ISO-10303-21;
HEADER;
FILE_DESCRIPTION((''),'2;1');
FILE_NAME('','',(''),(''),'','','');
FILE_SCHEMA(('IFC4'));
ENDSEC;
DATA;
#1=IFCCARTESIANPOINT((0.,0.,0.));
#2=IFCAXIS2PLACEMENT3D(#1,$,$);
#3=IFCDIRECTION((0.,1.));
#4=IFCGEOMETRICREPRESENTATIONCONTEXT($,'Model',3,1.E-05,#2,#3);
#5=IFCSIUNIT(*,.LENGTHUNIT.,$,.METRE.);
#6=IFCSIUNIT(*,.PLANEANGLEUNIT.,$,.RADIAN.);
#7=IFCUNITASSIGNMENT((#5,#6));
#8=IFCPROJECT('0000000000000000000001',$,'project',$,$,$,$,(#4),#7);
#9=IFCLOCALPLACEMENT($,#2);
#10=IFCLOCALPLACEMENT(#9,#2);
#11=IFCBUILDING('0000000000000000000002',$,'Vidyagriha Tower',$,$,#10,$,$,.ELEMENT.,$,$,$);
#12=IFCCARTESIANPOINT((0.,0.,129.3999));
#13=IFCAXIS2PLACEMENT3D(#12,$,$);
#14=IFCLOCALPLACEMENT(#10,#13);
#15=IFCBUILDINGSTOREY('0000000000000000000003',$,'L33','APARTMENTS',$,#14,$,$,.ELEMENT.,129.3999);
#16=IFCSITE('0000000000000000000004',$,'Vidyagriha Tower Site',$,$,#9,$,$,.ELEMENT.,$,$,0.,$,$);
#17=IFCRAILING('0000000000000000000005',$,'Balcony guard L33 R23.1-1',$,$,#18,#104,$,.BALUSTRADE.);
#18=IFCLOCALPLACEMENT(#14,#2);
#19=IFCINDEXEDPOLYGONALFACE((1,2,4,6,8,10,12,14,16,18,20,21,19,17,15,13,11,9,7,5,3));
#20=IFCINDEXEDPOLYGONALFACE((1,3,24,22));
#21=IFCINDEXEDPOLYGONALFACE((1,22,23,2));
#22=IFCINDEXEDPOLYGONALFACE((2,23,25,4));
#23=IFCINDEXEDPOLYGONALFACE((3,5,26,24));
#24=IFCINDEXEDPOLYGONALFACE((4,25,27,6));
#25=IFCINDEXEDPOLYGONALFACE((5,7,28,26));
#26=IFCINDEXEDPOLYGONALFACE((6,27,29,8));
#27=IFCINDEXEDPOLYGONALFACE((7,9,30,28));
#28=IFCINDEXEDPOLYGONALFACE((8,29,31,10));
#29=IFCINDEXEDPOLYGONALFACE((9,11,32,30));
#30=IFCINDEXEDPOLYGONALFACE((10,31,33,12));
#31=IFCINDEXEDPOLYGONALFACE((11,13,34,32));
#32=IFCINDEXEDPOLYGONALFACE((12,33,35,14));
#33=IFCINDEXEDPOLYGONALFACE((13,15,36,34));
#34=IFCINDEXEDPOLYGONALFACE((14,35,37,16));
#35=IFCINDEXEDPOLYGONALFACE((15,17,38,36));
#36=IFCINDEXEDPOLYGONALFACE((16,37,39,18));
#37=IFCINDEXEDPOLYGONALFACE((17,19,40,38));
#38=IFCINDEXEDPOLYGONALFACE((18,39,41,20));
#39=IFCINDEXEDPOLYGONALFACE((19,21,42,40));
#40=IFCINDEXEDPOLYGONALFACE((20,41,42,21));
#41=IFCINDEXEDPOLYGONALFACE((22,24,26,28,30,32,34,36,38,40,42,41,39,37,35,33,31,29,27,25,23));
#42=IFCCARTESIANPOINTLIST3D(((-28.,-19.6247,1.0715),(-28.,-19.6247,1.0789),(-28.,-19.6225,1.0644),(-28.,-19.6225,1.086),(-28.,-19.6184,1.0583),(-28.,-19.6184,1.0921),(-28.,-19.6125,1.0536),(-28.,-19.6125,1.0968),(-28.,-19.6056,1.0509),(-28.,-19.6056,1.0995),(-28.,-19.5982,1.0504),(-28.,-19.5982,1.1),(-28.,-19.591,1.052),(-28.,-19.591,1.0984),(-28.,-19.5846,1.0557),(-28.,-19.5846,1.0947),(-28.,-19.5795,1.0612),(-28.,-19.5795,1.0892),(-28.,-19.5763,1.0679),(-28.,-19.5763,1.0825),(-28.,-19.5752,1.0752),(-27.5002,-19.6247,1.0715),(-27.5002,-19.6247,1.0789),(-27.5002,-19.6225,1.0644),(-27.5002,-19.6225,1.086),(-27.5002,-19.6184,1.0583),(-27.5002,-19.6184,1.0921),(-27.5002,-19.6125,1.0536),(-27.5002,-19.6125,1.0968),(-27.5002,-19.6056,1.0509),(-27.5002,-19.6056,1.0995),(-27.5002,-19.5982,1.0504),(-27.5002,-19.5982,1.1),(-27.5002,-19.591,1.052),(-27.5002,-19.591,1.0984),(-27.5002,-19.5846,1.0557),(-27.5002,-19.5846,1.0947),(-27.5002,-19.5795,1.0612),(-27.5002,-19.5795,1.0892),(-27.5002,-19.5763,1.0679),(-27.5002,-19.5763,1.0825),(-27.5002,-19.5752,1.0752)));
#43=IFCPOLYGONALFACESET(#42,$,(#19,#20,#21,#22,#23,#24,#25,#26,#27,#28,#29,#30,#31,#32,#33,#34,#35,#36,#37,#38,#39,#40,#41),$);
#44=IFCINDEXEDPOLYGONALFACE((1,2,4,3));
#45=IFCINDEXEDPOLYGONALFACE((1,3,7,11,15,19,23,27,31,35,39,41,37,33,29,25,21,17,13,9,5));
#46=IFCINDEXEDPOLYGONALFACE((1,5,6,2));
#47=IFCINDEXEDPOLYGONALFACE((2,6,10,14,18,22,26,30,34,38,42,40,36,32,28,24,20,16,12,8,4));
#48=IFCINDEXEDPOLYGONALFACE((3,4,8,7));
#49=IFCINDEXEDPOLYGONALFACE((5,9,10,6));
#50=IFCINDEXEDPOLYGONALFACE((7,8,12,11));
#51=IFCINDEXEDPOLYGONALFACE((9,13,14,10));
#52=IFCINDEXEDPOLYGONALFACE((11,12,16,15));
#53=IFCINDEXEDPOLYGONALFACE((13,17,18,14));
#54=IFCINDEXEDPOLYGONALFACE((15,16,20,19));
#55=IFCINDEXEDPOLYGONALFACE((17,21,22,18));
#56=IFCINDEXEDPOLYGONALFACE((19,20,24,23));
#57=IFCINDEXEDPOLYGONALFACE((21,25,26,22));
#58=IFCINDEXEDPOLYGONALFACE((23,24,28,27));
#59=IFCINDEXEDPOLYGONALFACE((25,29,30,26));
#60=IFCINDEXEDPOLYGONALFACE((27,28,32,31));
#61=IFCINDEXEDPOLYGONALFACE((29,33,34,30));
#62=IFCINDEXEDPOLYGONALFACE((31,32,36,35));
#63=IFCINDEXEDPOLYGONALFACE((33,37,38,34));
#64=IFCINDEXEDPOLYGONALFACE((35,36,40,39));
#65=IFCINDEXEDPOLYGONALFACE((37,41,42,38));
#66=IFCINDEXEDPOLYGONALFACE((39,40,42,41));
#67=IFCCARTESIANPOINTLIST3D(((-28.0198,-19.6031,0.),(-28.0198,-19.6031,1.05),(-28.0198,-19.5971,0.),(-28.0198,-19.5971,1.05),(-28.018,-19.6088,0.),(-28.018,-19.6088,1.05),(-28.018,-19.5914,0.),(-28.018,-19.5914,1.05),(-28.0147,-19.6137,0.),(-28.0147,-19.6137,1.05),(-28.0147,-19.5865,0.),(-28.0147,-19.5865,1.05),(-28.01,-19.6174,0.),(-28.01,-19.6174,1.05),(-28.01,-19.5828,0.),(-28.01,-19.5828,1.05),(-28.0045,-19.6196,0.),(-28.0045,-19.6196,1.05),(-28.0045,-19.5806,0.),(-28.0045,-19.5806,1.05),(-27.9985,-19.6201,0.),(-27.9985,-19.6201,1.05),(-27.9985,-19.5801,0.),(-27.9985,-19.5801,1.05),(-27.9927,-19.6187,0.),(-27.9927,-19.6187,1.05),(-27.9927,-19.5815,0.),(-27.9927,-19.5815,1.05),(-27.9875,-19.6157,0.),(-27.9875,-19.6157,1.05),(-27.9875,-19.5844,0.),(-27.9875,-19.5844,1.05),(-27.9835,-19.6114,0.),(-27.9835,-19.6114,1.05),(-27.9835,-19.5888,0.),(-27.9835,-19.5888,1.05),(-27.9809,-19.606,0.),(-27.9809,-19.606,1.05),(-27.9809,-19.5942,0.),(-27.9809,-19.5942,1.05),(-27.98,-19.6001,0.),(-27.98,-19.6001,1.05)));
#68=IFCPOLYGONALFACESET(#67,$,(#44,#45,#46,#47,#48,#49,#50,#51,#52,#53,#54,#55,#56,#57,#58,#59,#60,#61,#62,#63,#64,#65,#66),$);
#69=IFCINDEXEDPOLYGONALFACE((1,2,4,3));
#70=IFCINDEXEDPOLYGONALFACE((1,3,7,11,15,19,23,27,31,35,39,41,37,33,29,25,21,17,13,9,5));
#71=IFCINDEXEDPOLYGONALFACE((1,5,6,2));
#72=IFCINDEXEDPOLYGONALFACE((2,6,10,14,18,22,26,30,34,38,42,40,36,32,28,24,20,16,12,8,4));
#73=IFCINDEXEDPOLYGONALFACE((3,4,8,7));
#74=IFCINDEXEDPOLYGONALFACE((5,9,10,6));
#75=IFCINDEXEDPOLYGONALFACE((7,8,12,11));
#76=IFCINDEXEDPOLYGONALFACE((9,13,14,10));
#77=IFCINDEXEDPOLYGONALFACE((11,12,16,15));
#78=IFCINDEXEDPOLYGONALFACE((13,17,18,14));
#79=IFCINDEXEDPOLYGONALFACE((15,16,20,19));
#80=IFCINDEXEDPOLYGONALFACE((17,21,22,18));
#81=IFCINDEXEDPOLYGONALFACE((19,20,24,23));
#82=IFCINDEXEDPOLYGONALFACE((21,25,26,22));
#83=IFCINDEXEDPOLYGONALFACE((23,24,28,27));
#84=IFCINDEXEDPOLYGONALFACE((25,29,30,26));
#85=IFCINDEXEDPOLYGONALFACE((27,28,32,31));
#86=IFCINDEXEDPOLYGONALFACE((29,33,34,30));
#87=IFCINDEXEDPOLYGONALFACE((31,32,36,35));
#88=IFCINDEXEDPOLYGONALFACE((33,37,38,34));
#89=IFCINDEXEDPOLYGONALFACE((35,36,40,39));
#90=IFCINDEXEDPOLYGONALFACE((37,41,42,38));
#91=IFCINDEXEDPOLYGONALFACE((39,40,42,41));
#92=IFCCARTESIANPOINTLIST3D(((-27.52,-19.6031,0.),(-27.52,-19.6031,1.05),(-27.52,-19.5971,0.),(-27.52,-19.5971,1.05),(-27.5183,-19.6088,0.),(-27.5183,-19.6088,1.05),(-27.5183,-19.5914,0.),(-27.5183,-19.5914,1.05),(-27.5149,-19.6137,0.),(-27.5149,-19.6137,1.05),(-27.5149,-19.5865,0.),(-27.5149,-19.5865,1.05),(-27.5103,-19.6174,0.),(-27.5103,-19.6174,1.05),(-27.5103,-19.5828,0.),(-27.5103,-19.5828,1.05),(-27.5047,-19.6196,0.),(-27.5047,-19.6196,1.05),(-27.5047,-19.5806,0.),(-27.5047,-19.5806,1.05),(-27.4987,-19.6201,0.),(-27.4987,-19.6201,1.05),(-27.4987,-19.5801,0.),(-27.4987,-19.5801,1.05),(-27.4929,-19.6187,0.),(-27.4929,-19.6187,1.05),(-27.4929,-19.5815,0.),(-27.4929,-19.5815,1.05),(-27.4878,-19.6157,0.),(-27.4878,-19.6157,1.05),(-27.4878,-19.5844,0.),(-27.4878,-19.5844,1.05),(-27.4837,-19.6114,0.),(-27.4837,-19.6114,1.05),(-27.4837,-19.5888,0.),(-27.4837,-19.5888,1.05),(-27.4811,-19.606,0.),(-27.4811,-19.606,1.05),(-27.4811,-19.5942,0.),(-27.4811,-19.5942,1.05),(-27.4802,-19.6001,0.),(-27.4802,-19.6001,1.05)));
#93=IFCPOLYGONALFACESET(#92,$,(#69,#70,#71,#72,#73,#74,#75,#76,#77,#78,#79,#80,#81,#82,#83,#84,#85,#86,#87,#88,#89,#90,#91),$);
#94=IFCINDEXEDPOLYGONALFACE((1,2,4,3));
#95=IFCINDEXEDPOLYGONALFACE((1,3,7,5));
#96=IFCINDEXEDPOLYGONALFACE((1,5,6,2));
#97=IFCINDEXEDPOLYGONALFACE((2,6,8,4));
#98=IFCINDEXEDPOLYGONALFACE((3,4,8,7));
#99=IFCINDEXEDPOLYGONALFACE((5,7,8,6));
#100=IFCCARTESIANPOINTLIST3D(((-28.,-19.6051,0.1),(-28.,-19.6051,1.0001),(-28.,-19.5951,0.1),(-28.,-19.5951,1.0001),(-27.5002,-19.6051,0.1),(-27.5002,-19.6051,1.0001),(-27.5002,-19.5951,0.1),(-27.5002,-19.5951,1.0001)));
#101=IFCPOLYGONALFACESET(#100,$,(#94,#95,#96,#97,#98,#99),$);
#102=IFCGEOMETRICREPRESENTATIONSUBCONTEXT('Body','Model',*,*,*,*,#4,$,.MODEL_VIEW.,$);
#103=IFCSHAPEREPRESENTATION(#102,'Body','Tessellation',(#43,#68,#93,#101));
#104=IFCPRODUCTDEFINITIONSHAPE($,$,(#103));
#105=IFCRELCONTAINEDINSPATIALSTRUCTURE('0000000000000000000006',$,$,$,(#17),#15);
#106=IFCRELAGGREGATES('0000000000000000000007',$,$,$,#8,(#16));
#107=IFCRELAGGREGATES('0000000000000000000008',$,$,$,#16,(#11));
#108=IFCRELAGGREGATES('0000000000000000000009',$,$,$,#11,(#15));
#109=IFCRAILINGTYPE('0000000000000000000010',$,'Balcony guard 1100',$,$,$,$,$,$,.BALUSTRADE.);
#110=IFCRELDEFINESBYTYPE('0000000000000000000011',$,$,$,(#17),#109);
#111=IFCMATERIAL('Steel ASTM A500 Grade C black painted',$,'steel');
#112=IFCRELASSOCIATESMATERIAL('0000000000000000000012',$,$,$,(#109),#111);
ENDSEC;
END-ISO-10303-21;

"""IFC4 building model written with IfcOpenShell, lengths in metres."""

from ifc_helpers import new_model, si_unit, direction, frame, origin, origin_2d, place, context, subcontext, project, spatial, rectangle, circle, extrude, material, type_object, element, save


model = new_model("IFC4")

# Units and contexts
model_context = context("Model", 3, precision=1e-05, world=origin(), true_north=direction((0.0, 1.0)))
body_context = subcontext(model_context, "Body", "Model", "MODEL_VIEW")
ifc_project = project(units=[si_unit("LENGTHUNIT", "METRE"), si_unit("PLANEANGLEUNIT", "RADIAN")], contexts=[model_context])

# Site, building, storey
site_placement = place(None, origin())
site = spatial("IfcSite", under=ifc_project, at=site_placement, Name="Vidyagriha Tower Site", CompositionType="ELEMENT", RefElevation=0.0)
building_placement = place(site_placement, origin())
building = spatial("IfcBuilding", under=site, at=building_placement, Name="Vidyagriha Tower", CompositionType="ELEMENT")
storey_placement = place(building_placement, frame((0.0, 0.0, 129.3999)))
storey = spatial("IfcBuildingStorey", under=building, at=storey_placement, Name="L33", Description="APARTMENTS", CompositionType="ELEMENT", Elevation=129.3999)

# Railing
ifc_material_1 = material(Name="Steel ASTM A500 Grade C black painted", Category="steel")
railing_type_1 = type_object("IfcRailingType", Name="Balcony guard 1100", PredefinedType="BALUSTRADE", material=ifc_material_1)
railing_1_placement = place(storey_placement, frame((-28.0, -19.6001, 0.0)))
element("IfcRailing", 1, at=railing_1_placement, inside=storey, type_object=railing_type_1, Name="Balcony guard L33 R23.1-1", PredefinedType="BALUSTRADE", context=body_context, shape_type="SweptSolid", body=[
    extrude(circle(Radius=0.0249, at=origin_2d()), frame((0.0, 0.0, 1.0752), z_axis=(1.0, 0.0, 0.0), x_axis=(0.0, 1.0, 0.0)), (0.0, 0.0, 1.0), 0.4998),
    extrude(circle(Radius=0.02, at=origin_2d()), origin(), (0.0, 0.0, 1.0), 1.05),
    extrude(circle(Radius=0.02, at=origin_2d()), frame((0.4998, 0.0, 0.0)), (0.0, 0.0, 1.0), 1.05),
    extrude(rectangle(XDim=0.01, YDim=0.9001, at=origin_2d()), frame((0.0, 0.0, 0.55), z_axis=(1.0, 0.0, 0.0), x_axis=(0.0, 1.0, 0.0)), (0.0, 0.0, 1.0), 0.4998),
])

save(model, "model.ifc")
